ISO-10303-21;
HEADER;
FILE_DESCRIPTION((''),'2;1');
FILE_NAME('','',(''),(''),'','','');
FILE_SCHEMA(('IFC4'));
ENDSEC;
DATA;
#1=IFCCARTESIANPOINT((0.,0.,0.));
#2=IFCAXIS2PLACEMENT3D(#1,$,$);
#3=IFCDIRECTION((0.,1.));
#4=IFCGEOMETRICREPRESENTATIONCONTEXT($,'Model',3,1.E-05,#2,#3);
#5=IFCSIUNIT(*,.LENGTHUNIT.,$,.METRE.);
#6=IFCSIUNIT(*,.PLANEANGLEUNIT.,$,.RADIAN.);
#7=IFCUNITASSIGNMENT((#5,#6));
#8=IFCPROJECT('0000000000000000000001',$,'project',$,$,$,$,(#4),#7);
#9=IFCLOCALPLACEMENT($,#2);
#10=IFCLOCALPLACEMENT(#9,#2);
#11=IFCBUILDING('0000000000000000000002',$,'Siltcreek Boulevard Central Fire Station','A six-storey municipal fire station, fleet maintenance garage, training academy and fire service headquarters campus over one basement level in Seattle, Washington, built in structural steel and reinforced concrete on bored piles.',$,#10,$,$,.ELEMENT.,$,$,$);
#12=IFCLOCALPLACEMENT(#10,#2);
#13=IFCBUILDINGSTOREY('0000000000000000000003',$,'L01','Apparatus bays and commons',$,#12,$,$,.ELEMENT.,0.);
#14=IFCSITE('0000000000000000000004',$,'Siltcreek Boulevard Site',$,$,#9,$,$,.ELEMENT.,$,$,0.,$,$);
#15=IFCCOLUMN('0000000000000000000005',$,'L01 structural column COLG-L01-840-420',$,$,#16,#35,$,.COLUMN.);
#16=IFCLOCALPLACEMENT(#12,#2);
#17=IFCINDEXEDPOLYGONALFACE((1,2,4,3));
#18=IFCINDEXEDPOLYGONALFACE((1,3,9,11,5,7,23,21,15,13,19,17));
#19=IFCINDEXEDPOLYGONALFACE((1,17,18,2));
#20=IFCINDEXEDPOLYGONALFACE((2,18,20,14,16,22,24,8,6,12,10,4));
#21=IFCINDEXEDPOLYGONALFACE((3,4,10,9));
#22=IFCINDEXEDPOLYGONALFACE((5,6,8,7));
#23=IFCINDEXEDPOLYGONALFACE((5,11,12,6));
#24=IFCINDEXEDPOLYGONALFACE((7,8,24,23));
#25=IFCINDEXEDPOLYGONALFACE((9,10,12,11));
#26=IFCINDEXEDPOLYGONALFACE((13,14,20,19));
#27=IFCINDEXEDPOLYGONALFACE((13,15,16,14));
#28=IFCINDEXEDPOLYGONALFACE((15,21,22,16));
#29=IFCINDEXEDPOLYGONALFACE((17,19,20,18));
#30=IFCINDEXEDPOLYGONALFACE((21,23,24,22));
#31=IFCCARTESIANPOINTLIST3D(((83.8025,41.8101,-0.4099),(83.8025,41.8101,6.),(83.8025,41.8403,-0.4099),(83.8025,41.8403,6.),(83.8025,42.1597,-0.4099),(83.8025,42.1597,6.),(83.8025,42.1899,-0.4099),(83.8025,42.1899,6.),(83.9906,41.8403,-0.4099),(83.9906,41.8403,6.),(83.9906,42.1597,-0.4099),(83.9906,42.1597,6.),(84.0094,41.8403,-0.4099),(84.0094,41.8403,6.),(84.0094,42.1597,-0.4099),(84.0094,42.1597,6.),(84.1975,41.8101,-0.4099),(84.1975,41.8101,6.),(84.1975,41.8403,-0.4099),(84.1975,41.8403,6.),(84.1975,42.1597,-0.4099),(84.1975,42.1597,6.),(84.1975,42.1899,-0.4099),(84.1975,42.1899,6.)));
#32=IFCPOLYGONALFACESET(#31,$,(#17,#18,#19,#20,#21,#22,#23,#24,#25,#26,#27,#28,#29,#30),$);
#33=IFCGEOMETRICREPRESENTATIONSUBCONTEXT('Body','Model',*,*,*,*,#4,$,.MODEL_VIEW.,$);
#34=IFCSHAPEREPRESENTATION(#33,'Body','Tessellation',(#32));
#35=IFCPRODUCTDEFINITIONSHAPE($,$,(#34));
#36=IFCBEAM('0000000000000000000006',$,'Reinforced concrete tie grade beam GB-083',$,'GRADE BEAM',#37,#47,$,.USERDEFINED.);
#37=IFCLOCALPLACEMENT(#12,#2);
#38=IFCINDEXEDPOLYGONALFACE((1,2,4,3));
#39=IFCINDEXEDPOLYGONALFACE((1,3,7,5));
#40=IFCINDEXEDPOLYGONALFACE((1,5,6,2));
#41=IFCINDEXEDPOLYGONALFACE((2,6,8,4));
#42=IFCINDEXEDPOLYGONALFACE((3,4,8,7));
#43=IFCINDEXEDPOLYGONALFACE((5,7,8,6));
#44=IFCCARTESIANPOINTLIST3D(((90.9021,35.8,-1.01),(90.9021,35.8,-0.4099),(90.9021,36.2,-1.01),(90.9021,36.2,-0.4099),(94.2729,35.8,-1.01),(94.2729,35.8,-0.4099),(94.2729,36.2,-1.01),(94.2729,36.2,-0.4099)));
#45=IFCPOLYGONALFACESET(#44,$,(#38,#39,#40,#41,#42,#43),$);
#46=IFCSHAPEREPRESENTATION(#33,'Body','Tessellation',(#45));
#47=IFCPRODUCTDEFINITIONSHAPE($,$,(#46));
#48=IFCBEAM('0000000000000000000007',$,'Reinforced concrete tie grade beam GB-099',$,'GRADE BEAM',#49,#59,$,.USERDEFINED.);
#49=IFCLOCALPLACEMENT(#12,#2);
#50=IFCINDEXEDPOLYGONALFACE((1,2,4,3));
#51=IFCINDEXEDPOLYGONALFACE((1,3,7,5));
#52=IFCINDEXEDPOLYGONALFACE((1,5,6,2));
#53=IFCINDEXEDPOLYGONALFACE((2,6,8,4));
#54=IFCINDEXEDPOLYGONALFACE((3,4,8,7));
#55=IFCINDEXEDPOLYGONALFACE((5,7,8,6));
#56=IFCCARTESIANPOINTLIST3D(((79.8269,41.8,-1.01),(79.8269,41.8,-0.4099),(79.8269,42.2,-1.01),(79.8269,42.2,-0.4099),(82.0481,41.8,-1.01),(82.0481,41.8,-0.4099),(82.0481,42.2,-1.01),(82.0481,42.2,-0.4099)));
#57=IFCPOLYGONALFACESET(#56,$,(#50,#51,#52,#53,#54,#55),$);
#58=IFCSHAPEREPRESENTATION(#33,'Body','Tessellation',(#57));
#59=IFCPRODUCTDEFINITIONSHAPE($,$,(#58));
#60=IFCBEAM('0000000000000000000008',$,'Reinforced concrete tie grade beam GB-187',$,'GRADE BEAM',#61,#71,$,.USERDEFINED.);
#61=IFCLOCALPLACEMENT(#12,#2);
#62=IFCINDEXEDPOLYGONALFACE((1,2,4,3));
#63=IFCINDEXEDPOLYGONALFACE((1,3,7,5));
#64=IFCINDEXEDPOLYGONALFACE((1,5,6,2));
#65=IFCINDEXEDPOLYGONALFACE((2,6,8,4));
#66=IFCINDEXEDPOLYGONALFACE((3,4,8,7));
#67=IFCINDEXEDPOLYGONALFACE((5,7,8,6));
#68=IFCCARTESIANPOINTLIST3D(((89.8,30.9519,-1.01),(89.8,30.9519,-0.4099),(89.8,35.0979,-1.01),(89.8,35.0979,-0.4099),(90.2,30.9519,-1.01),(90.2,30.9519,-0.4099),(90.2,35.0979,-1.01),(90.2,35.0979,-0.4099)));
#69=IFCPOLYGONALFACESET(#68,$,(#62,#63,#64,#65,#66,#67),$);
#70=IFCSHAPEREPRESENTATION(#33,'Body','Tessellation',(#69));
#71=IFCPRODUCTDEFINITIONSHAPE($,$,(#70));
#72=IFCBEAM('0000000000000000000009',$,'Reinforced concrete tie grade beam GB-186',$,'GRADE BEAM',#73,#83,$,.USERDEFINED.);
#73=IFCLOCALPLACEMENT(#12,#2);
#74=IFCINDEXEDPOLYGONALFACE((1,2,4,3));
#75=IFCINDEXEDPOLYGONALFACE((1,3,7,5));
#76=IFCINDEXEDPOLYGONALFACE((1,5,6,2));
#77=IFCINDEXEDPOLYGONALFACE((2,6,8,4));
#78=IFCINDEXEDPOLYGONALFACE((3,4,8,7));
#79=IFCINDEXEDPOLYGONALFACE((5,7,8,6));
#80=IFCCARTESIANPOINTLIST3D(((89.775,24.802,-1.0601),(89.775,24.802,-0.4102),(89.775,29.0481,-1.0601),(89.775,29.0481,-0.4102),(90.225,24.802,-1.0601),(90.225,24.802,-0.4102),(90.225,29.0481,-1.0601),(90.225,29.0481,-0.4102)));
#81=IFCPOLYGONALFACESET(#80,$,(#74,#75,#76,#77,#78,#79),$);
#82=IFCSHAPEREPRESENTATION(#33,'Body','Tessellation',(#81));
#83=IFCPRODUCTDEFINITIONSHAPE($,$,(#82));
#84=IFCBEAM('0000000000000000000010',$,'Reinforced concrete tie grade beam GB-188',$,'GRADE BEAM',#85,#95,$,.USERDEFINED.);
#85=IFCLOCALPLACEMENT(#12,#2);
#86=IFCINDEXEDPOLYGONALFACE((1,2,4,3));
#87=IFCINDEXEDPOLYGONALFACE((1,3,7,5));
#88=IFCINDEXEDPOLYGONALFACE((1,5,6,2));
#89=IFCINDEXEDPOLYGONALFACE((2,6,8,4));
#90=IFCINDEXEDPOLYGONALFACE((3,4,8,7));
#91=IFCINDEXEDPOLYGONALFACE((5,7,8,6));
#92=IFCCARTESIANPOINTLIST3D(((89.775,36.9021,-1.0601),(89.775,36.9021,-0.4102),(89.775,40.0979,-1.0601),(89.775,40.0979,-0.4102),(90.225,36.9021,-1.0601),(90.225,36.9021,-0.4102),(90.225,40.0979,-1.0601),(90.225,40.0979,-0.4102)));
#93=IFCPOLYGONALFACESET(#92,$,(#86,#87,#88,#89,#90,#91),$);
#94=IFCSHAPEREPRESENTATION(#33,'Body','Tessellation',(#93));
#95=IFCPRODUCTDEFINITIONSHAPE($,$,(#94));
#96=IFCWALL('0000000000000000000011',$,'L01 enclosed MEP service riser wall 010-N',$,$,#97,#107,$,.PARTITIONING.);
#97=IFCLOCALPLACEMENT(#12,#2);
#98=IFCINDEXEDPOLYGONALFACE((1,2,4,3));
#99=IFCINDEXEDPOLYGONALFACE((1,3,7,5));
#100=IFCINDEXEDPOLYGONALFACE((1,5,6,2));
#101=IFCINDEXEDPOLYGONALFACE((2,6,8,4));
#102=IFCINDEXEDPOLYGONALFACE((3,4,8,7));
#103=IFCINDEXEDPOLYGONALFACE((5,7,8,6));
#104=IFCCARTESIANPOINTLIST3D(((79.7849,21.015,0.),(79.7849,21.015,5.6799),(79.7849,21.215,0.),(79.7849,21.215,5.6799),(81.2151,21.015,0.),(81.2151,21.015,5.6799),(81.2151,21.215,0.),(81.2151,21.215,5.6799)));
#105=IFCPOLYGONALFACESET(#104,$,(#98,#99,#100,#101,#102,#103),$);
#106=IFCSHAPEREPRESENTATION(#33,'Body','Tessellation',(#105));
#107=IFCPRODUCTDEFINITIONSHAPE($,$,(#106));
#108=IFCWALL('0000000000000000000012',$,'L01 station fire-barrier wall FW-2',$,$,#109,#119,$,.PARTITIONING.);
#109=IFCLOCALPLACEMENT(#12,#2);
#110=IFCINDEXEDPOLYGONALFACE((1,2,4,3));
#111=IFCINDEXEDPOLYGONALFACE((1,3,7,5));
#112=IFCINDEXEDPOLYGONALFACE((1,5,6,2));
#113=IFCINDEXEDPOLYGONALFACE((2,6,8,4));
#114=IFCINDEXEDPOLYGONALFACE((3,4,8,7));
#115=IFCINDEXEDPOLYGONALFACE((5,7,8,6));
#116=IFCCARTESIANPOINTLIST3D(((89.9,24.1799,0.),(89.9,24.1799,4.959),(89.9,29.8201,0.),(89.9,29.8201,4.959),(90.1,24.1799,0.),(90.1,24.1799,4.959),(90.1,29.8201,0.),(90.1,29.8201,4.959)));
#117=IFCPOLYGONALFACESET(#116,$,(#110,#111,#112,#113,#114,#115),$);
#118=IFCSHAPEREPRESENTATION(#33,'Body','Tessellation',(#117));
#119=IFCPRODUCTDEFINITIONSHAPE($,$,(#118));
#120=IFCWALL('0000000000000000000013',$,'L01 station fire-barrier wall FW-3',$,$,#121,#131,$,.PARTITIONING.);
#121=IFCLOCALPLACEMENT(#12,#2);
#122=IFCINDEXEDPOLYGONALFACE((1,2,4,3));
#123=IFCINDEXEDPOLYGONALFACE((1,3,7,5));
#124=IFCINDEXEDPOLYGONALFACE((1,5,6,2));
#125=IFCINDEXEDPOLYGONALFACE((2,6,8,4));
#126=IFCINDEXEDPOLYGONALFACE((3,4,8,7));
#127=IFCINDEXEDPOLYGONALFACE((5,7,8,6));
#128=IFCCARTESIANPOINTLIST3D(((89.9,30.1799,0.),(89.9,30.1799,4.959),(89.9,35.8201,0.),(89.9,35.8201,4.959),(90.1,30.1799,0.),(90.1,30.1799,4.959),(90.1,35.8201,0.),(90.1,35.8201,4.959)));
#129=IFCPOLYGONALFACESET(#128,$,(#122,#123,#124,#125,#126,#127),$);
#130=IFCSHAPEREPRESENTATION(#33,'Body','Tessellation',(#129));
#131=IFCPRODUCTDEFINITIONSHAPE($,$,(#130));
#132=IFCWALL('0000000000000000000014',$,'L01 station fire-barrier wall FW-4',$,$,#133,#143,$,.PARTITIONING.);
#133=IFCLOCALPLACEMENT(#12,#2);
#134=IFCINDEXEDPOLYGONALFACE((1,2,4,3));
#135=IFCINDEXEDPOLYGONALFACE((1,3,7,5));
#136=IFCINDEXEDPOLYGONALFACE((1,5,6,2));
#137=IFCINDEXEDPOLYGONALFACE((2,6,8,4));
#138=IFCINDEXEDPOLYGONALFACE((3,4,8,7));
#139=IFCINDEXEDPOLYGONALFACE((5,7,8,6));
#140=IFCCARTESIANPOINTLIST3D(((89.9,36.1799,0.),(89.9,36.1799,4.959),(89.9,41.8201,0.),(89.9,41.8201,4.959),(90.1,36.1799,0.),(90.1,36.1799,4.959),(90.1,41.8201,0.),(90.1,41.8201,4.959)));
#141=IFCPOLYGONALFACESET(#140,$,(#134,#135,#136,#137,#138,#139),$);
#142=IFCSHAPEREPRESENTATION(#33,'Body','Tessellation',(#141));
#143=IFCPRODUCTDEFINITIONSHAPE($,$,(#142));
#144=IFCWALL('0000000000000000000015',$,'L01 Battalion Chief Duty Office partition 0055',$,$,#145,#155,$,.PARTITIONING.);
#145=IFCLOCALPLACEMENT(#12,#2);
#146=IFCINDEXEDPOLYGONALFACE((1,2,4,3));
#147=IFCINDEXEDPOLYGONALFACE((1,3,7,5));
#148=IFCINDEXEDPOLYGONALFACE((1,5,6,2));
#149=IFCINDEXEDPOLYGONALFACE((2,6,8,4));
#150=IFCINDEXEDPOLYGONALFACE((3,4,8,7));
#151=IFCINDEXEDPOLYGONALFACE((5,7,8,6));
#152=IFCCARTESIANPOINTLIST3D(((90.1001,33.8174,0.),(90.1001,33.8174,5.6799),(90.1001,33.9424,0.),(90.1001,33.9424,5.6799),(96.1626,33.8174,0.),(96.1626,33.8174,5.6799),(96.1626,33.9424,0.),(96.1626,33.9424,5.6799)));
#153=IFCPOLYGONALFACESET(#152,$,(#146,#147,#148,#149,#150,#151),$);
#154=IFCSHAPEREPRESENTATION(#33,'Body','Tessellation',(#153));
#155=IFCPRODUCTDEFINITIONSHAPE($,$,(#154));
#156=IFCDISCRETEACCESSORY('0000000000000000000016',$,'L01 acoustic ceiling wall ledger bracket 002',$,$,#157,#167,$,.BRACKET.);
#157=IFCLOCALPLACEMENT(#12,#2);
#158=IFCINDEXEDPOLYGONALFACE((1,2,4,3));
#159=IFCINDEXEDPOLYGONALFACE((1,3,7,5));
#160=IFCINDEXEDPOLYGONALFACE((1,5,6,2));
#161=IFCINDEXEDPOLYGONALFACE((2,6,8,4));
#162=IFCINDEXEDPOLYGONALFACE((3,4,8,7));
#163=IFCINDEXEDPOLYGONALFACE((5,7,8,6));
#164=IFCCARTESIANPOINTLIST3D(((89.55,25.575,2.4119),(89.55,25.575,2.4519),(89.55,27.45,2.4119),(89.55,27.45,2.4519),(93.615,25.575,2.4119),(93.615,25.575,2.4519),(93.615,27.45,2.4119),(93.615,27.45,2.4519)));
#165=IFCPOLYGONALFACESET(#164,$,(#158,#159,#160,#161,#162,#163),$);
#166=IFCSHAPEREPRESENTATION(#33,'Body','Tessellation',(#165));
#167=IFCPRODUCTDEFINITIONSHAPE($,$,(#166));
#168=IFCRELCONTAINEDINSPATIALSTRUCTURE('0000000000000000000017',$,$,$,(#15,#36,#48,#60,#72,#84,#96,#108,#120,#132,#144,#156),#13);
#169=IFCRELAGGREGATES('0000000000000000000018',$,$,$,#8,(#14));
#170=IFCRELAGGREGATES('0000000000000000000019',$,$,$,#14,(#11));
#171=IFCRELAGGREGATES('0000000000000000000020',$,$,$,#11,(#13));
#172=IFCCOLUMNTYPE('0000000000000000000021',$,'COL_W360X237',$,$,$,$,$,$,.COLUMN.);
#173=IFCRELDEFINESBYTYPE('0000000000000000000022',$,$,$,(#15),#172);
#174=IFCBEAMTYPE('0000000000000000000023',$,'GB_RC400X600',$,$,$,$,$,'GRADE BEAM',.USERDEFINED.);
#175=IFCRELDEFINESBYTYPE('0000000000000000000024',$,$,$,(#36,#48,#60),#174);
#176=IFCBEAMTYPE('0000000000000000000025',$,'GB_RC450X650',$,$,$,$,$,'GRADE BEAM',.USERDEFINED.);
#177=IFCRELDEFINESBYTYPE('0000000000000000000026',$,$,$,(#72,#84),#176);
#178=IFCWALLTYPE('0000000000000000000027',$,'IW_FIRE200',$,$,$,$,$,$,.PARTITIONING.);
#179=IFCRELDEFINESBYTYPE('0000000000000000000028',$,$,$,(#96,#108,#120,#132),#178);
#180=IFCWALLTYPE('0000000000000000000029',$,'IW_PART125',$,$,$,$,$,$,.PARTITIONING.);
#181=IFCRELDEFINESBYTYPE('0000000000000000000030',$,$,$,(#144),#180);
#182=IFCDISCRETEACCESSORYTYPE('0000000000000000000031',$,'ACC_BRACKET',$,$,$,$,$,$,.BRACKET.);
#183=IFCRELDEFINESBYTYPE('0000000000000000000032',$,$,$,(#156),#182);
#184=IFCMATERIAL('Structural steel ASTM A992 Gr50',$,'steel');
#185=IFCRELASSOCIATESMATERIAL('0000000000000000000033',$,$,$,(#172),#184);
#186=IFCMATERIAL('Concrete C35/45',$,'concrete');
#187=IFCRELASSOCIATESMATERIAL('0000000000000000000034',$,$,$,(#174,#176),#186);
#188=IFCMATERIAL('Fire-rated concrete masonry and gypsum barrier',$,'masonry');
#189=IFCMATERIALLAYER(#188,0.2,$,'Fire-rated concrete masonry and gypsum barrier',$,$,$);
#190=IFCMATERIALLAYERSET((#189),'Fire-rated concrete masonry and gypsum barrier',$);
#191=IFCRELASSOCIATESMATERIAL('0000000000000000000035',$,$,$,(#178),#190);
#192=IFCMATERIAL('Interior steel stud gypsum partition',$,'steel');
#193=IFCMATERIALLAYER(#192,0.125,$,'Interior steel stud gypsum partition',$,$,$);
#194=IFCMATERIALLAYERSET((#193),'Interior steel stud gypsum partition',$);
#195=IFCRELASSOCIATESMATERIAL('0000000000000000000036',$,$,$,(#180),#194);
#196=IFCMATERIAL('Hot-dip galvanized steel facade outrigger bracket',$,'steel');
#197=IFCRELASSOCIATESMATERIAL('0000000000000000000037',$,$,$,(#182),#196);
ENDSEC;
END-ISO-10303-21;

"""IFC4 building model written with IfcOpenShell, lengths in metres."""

from ifc_helpers import new_model, si_unit, direction, frame, frame_2d, origin, origin_2d, place, context, subcontext, project, spatial, rectangle, i_section, extrude, material, layer, layer_set, material_profile, profile_set, type_object, element, save


model = new_model("IFC4")

# Units and contexts
model_context = context("Model", 3, precision=1e-05, world=origin(), true_north=direction((0.0, 1.0)))
body_context = subcontext(model_context, "Body", "Model", "MODEL_VIEW")
ifc_project = project(units=[si_unit("LENGTHUNIT", "METRE"), si_unit("PLANEANGLEUNIT", "RADIAN")], contexts=[model_context])

# Site, building, storey
site_placement = place(None, origin())
site = spatial("IfcSite", under=ifc_project, at=site_placement, Name="Siltcreek Boulevard Site", CompositionType="ELEMENT", RefElevation=0.0)
building_placement = place(site_placement, origin())
building = spatial("IfcBuilding", under=site, at=building_placement, Name="Siltcreek Boulevard Central Fire Station", Description="A six-storey municipal fire station, fleet maintenance garage, training academy and fire service headquarters campus over one basement level in Seattle, Washington, built in structural steel and reinforced concrete on bored piles.", CompositionType="ELEMENT")
storey_placement = place(building_placement, origin())
storey = spatial("IfcBuildingStorey", under=building, at=storey_placement, Name="L01", Description="Apparatus bays and commons", CompositionType="ELEMENT", Elevation=0.0)

# Shared definitions
ifc_material_1 = material(Name="Concrete C35/45", Category="concrete")

# Column
ifc_material_2 = material(Name="Structural steel ASTM A992 Gr50", Category="steel")
ifc_material_profile_1 = material_profile(ifc_material_2, i_section(OverallWidth=0.395, OverallDepth=0.3799, WebThickness=0.0188, FlangeThickness=0.0303, at=origin_2d()), Name="W360X237")
ifc_profile_set_1 = profile_set([ifc_material_profile_1], Name="Structural steel ASTM A992 Gr50")
column_type_1 = type_object("IfcColumnType", Name="COL_W360X237", PredefinedType="COLUMN", material=ifc_profile_set_1)
column_placement = place(storey_placement, frame((84.0, 42.0, -0.4099), z_axis=(0.0, 0.0, 1.0), x_axis=(1.0, 0.0, 0.0)))
element("IfcColumn", 1, at=column_placement, inside=storey, type_object=column_type_1, Name="L01 structural column COLG-L01-840-420", PredefinedType="COLUMN", context=body_context, shape_type="SweptSolid", body=[
    extrude(i_section(OverallWidth=0.395, OverallDepth=0.3799, WebThickness=0.0188, FlangeThickness=0.0303, at=origin_2d()), origin(), (0.0, 0.0, 1.0), 6.4099),
])

# Beams
ifc_material_profile_2 = material_profile(ifc_material_1, rectangle(XDim=0.3999, YDim=0.6001, at=origin_2d()), Name="RC400X600")
ifc_profile_set_2 = profile_set([ifc_material_profile_2], Name="Concrete C35/45")
beam_type_1 = type_object("IfcBeamType", Name="GB_RC400X600", ElementType="GRADE BEAM", PredefinedType="USERDEFINED", material=ifc_profile_set_2)
beam_1_placement = place(storey_placement, frame((90.9021, 36.0, -0.71), z_axis=(1.0, 0.0, 0.0), x_axis=(0.0, 1.0, 0.0)))
element("IfcBeam", 2, at=beam_1_placement, inside=storey, type_object=beam_type_1, Name="Reinforced concrete tie grade beam GB-083", ObjectType="GRADE BEAM", PredefinedType="USERDEFINED", context=body_context, shape_type="SweptSolid", body=[
    extrude(rectangle(XDim=0.3999, YDim=0.6001, at=origin_2d()), origin(), (0.0, 0.0, 1.0), 3.3708),
])
beam_2_placement = place(storey_placement, frame((79.8269, 42.0, -0.71), z_axis=(1.0, 0.0, 0.0), x_axis=(0.0, 1.0, 0.0)))
element("IfcBeam", 3, at=beam_2_placement, inside=storey, type_object=beam_type_1, Name="Reinforced concrete tie grade beam GB-099", ObjectType="GRADE BEAM", PredefinedType="USERDEFINED", context=body_context, shape_type="SweptSolid", body=[
    extrude(rectangle(XDim=0.3999, YDim=0.6001, at=origin_2d()), origin(), (0.0, 0.0, 1.0), 2.2212),
])
beam_3_placement = place(storey_placement, frame((90.0, 30.9519, -0.71), z_axis=(0.0, 1.0, 0.0), x_axis=(-1.0, 0.0, 0.0)))
element("IfcBeam", 4, at=beam_3_placement, inside=storey, type_object=beam_type_1, Name="Reinforced concrete tie grade beam GB-187", ObjectType="GRADE BEAM", PredefinedType="USERDEFINED", context=body_context, shape_type="SweptSolid", body=[
    extrude(rectangle(XDim=0.3999, YDim=0.6001, at=origin_2d()), origin(), (0.0, 0.0, 1.0), 4.146),
])
ifc_material_profile_3 = material_profile(ifc_material_1, rectangle(XDim=0.45, YDim=0.6499, at=origin_2d()), Name="RC450X650")
ifc_profile_set_3 = profile_set([ifc_material_profile_3], Name="Concrete C35/45")
beam_type_2 = type_object("IfcBeamType", Name="GB_RC450X650", ElementType="GRADE BEAM", PredefinedType="USERDEFINED", material=ifc_profile_set_3)
beam_4_placement = place(storey_placement, frame((90.0, 24.802, -0.7351), z_axis=(0.0, 1.0, 0.0), x_axis=(-1.0, 0.0, 0.0)))
element("IfcBeam", 5, at=beam_4_placement, inside=storey, type_object=beam_type_2, Name="Reinforced concrete tie grade beam GB-186", ObjectType="GRADE BEAM", PredefinedType="USERDEFINED", context=body_context, shape_type="SweptSolid", body=[
    extrude(rectangle(XDim=0.45, YDim=0.6499, at=origin_2d()), origin(), (0.0, 0.0, 1.0), 4.2461),
])
beam_5_placement = place(storey_placement, frame((90.0, 36.9021, -0.7351), z_axis=(0.0, 1.0, 0.0), x_axis=(-1.0, 0.0, 0.0)))
element("IfcBeam", 6, at=beam_5_placement, inside=storey, type_object=beam_type_2, Name="Reinforced concrete tie grade beam GB-188", ObjectType="GRADE BEAM", PredefinedType="USERDEFINED", context=body_context, shape_type="SweptSolid", body=[
    extrude(rectangle(XDim=0.45, YDim=0.6499, at=origin_2d()), origin(), (0.0, 0.0, 1.0), 3.1958),
])

# Walls
ifc_material_3 = material(Name="Fire-rated concrete masonry and gypsum barrier", Category="masonry")
ifc_layer_1 = layer(ifc_material_3, 0.2, Name="Fire-rated concrete masonry and gypsum barrier")
ifc_layer_set_1 = layer_set([ifc_layer_1], Name="Fire-rated concrete masonry and gypsum barrier")
wall_type_1 = type_object("IfcWallType", Name="IW_FIRE200", PredefinedType="PARTITIONING", material=ifc_layer_set_1)
wall_1_placement = place(storey_placement, frame((81.2151, 21.115, 0.0), z_axis=(0.0, 0.0, 1.0), x_axis=(-1.0, 0.0, 0.0)))
element("IfcWall", 7, at=wall_1_placement, inside=storey, type_object=wall_type_1, Name="L01 enclosed MEP service riser wall 010-N", PredefinedType="PARTITIONING", context=body_context, shape_type="SweptSolid", body=[
    extrude(rectangle(XDim=1.4302, YDim=0.2, at=frame_2d((0.7151, 0.0))), origin(), (0.0, 0.0, 1.0), 5.6799),
])
for number, where, z_axis, x_axis, name in (
    (8, (90.0, 24.1799, 0.0), (0.0, 0.0, 1.0), (0.0, 1.0, 0.0), "L01 station fire-barrier wall FW-2"),
    (9, (90.0, 30.1799, 0.0), (0.0, 0.0, 1.0), (0.0, 1.0, 0.0), "L01 station fire-barrier wall FW-3"),
    (10, (90.0, 36.1799, 0.0), (0.0, 0.0, 1.0), (0.0, 1.0, 0.0), "L01 station fire-barrier wall FW-4"),
):
    element("IfcWall", number, at=place(storey_placement, frame(where, z_axis=z_axis, x_axis=x_axis)), inside=storey, type_object=wall_type_1, Name=name, PredefinedType="PARTITIONING", context=body_context, shape_type="SweptSolid", body=[
        extrude(rectangle(XDim=5.6401, YDim=0.2, at=frame_2d((2.8201, 0.0))), origin(), (0.0, 0.0, 1.0), 4.959),
    ])
ifc_material_4 = material(Name="Interior steel stud gypsum partition", Category="steel")
ifc_layer_2 = layer(ifc_material_4, 0.125, Name="Interior steel stud gypsum partition")
ifc_layer_set_2 = layer_set([ifc_layer_2], Name="Interior steel stud gypsum partition")
wall_type_2 = type_object("IfcWallType", Name="IW_PART125", PredefinedType="PARTITIONING", material=ifc_layer_set_2)
wall_2_placement = place(storey_placement, frame((90.1001, 33.8799, 0.0), z_axis=(0.0, 0.0, 1.0), x_axis=(1.0, 0.0, 0.0)))
element("IfcWall", 11, at=wall_2_placement, inside=storey, type_object=wall_type_2, Name="L01 Battalion Chief Duty Office partition 0055", PredefinedType="PARTITIONING", context=body_context, shape_type="SweptSolid", body=[
    extrude(rectangle(XDim=6.0625, YDim=0.125, at=frame_2d((3.0312, 0.0))), origin(), (0.0, 0.0, 1.0), 5.6799),
])

# Discrete accessory
ifc_material_5 = material(Name="Hot-dip galvanized steel facade outrigger bracket", Category="steel")
discrete_accessory_type = type_object("IfcDiscreteAccessoryType", Name="ACC_BRACKET", PredefinedType="BRACKET", material=ifc_material_5)
discrete_accessory_placement = place(storey_placement, frame((91.5825, 26.5125, 2.4119), z_axis=(0.0, 0.0, 1.0), x_axis=(1.0, 0.0, 0.0)))
element("IfcDiscreteAccessory", 12, at=discrete_accessory_placement, inside=storey, type_object=discrete_accessory_type, Name="L01 acoustic ceiling wall ledger bracket 002", PredefinedType="BRACKET", context=body_context, shape_type="SweptSolid", body=[
    extrude(rectangle(XDim=4.0649, YDim=1.875, at=origin_2d()), origin(), (0.0, 0.0, 1.0), 0.04),
])

save(model, "model.ifc")
